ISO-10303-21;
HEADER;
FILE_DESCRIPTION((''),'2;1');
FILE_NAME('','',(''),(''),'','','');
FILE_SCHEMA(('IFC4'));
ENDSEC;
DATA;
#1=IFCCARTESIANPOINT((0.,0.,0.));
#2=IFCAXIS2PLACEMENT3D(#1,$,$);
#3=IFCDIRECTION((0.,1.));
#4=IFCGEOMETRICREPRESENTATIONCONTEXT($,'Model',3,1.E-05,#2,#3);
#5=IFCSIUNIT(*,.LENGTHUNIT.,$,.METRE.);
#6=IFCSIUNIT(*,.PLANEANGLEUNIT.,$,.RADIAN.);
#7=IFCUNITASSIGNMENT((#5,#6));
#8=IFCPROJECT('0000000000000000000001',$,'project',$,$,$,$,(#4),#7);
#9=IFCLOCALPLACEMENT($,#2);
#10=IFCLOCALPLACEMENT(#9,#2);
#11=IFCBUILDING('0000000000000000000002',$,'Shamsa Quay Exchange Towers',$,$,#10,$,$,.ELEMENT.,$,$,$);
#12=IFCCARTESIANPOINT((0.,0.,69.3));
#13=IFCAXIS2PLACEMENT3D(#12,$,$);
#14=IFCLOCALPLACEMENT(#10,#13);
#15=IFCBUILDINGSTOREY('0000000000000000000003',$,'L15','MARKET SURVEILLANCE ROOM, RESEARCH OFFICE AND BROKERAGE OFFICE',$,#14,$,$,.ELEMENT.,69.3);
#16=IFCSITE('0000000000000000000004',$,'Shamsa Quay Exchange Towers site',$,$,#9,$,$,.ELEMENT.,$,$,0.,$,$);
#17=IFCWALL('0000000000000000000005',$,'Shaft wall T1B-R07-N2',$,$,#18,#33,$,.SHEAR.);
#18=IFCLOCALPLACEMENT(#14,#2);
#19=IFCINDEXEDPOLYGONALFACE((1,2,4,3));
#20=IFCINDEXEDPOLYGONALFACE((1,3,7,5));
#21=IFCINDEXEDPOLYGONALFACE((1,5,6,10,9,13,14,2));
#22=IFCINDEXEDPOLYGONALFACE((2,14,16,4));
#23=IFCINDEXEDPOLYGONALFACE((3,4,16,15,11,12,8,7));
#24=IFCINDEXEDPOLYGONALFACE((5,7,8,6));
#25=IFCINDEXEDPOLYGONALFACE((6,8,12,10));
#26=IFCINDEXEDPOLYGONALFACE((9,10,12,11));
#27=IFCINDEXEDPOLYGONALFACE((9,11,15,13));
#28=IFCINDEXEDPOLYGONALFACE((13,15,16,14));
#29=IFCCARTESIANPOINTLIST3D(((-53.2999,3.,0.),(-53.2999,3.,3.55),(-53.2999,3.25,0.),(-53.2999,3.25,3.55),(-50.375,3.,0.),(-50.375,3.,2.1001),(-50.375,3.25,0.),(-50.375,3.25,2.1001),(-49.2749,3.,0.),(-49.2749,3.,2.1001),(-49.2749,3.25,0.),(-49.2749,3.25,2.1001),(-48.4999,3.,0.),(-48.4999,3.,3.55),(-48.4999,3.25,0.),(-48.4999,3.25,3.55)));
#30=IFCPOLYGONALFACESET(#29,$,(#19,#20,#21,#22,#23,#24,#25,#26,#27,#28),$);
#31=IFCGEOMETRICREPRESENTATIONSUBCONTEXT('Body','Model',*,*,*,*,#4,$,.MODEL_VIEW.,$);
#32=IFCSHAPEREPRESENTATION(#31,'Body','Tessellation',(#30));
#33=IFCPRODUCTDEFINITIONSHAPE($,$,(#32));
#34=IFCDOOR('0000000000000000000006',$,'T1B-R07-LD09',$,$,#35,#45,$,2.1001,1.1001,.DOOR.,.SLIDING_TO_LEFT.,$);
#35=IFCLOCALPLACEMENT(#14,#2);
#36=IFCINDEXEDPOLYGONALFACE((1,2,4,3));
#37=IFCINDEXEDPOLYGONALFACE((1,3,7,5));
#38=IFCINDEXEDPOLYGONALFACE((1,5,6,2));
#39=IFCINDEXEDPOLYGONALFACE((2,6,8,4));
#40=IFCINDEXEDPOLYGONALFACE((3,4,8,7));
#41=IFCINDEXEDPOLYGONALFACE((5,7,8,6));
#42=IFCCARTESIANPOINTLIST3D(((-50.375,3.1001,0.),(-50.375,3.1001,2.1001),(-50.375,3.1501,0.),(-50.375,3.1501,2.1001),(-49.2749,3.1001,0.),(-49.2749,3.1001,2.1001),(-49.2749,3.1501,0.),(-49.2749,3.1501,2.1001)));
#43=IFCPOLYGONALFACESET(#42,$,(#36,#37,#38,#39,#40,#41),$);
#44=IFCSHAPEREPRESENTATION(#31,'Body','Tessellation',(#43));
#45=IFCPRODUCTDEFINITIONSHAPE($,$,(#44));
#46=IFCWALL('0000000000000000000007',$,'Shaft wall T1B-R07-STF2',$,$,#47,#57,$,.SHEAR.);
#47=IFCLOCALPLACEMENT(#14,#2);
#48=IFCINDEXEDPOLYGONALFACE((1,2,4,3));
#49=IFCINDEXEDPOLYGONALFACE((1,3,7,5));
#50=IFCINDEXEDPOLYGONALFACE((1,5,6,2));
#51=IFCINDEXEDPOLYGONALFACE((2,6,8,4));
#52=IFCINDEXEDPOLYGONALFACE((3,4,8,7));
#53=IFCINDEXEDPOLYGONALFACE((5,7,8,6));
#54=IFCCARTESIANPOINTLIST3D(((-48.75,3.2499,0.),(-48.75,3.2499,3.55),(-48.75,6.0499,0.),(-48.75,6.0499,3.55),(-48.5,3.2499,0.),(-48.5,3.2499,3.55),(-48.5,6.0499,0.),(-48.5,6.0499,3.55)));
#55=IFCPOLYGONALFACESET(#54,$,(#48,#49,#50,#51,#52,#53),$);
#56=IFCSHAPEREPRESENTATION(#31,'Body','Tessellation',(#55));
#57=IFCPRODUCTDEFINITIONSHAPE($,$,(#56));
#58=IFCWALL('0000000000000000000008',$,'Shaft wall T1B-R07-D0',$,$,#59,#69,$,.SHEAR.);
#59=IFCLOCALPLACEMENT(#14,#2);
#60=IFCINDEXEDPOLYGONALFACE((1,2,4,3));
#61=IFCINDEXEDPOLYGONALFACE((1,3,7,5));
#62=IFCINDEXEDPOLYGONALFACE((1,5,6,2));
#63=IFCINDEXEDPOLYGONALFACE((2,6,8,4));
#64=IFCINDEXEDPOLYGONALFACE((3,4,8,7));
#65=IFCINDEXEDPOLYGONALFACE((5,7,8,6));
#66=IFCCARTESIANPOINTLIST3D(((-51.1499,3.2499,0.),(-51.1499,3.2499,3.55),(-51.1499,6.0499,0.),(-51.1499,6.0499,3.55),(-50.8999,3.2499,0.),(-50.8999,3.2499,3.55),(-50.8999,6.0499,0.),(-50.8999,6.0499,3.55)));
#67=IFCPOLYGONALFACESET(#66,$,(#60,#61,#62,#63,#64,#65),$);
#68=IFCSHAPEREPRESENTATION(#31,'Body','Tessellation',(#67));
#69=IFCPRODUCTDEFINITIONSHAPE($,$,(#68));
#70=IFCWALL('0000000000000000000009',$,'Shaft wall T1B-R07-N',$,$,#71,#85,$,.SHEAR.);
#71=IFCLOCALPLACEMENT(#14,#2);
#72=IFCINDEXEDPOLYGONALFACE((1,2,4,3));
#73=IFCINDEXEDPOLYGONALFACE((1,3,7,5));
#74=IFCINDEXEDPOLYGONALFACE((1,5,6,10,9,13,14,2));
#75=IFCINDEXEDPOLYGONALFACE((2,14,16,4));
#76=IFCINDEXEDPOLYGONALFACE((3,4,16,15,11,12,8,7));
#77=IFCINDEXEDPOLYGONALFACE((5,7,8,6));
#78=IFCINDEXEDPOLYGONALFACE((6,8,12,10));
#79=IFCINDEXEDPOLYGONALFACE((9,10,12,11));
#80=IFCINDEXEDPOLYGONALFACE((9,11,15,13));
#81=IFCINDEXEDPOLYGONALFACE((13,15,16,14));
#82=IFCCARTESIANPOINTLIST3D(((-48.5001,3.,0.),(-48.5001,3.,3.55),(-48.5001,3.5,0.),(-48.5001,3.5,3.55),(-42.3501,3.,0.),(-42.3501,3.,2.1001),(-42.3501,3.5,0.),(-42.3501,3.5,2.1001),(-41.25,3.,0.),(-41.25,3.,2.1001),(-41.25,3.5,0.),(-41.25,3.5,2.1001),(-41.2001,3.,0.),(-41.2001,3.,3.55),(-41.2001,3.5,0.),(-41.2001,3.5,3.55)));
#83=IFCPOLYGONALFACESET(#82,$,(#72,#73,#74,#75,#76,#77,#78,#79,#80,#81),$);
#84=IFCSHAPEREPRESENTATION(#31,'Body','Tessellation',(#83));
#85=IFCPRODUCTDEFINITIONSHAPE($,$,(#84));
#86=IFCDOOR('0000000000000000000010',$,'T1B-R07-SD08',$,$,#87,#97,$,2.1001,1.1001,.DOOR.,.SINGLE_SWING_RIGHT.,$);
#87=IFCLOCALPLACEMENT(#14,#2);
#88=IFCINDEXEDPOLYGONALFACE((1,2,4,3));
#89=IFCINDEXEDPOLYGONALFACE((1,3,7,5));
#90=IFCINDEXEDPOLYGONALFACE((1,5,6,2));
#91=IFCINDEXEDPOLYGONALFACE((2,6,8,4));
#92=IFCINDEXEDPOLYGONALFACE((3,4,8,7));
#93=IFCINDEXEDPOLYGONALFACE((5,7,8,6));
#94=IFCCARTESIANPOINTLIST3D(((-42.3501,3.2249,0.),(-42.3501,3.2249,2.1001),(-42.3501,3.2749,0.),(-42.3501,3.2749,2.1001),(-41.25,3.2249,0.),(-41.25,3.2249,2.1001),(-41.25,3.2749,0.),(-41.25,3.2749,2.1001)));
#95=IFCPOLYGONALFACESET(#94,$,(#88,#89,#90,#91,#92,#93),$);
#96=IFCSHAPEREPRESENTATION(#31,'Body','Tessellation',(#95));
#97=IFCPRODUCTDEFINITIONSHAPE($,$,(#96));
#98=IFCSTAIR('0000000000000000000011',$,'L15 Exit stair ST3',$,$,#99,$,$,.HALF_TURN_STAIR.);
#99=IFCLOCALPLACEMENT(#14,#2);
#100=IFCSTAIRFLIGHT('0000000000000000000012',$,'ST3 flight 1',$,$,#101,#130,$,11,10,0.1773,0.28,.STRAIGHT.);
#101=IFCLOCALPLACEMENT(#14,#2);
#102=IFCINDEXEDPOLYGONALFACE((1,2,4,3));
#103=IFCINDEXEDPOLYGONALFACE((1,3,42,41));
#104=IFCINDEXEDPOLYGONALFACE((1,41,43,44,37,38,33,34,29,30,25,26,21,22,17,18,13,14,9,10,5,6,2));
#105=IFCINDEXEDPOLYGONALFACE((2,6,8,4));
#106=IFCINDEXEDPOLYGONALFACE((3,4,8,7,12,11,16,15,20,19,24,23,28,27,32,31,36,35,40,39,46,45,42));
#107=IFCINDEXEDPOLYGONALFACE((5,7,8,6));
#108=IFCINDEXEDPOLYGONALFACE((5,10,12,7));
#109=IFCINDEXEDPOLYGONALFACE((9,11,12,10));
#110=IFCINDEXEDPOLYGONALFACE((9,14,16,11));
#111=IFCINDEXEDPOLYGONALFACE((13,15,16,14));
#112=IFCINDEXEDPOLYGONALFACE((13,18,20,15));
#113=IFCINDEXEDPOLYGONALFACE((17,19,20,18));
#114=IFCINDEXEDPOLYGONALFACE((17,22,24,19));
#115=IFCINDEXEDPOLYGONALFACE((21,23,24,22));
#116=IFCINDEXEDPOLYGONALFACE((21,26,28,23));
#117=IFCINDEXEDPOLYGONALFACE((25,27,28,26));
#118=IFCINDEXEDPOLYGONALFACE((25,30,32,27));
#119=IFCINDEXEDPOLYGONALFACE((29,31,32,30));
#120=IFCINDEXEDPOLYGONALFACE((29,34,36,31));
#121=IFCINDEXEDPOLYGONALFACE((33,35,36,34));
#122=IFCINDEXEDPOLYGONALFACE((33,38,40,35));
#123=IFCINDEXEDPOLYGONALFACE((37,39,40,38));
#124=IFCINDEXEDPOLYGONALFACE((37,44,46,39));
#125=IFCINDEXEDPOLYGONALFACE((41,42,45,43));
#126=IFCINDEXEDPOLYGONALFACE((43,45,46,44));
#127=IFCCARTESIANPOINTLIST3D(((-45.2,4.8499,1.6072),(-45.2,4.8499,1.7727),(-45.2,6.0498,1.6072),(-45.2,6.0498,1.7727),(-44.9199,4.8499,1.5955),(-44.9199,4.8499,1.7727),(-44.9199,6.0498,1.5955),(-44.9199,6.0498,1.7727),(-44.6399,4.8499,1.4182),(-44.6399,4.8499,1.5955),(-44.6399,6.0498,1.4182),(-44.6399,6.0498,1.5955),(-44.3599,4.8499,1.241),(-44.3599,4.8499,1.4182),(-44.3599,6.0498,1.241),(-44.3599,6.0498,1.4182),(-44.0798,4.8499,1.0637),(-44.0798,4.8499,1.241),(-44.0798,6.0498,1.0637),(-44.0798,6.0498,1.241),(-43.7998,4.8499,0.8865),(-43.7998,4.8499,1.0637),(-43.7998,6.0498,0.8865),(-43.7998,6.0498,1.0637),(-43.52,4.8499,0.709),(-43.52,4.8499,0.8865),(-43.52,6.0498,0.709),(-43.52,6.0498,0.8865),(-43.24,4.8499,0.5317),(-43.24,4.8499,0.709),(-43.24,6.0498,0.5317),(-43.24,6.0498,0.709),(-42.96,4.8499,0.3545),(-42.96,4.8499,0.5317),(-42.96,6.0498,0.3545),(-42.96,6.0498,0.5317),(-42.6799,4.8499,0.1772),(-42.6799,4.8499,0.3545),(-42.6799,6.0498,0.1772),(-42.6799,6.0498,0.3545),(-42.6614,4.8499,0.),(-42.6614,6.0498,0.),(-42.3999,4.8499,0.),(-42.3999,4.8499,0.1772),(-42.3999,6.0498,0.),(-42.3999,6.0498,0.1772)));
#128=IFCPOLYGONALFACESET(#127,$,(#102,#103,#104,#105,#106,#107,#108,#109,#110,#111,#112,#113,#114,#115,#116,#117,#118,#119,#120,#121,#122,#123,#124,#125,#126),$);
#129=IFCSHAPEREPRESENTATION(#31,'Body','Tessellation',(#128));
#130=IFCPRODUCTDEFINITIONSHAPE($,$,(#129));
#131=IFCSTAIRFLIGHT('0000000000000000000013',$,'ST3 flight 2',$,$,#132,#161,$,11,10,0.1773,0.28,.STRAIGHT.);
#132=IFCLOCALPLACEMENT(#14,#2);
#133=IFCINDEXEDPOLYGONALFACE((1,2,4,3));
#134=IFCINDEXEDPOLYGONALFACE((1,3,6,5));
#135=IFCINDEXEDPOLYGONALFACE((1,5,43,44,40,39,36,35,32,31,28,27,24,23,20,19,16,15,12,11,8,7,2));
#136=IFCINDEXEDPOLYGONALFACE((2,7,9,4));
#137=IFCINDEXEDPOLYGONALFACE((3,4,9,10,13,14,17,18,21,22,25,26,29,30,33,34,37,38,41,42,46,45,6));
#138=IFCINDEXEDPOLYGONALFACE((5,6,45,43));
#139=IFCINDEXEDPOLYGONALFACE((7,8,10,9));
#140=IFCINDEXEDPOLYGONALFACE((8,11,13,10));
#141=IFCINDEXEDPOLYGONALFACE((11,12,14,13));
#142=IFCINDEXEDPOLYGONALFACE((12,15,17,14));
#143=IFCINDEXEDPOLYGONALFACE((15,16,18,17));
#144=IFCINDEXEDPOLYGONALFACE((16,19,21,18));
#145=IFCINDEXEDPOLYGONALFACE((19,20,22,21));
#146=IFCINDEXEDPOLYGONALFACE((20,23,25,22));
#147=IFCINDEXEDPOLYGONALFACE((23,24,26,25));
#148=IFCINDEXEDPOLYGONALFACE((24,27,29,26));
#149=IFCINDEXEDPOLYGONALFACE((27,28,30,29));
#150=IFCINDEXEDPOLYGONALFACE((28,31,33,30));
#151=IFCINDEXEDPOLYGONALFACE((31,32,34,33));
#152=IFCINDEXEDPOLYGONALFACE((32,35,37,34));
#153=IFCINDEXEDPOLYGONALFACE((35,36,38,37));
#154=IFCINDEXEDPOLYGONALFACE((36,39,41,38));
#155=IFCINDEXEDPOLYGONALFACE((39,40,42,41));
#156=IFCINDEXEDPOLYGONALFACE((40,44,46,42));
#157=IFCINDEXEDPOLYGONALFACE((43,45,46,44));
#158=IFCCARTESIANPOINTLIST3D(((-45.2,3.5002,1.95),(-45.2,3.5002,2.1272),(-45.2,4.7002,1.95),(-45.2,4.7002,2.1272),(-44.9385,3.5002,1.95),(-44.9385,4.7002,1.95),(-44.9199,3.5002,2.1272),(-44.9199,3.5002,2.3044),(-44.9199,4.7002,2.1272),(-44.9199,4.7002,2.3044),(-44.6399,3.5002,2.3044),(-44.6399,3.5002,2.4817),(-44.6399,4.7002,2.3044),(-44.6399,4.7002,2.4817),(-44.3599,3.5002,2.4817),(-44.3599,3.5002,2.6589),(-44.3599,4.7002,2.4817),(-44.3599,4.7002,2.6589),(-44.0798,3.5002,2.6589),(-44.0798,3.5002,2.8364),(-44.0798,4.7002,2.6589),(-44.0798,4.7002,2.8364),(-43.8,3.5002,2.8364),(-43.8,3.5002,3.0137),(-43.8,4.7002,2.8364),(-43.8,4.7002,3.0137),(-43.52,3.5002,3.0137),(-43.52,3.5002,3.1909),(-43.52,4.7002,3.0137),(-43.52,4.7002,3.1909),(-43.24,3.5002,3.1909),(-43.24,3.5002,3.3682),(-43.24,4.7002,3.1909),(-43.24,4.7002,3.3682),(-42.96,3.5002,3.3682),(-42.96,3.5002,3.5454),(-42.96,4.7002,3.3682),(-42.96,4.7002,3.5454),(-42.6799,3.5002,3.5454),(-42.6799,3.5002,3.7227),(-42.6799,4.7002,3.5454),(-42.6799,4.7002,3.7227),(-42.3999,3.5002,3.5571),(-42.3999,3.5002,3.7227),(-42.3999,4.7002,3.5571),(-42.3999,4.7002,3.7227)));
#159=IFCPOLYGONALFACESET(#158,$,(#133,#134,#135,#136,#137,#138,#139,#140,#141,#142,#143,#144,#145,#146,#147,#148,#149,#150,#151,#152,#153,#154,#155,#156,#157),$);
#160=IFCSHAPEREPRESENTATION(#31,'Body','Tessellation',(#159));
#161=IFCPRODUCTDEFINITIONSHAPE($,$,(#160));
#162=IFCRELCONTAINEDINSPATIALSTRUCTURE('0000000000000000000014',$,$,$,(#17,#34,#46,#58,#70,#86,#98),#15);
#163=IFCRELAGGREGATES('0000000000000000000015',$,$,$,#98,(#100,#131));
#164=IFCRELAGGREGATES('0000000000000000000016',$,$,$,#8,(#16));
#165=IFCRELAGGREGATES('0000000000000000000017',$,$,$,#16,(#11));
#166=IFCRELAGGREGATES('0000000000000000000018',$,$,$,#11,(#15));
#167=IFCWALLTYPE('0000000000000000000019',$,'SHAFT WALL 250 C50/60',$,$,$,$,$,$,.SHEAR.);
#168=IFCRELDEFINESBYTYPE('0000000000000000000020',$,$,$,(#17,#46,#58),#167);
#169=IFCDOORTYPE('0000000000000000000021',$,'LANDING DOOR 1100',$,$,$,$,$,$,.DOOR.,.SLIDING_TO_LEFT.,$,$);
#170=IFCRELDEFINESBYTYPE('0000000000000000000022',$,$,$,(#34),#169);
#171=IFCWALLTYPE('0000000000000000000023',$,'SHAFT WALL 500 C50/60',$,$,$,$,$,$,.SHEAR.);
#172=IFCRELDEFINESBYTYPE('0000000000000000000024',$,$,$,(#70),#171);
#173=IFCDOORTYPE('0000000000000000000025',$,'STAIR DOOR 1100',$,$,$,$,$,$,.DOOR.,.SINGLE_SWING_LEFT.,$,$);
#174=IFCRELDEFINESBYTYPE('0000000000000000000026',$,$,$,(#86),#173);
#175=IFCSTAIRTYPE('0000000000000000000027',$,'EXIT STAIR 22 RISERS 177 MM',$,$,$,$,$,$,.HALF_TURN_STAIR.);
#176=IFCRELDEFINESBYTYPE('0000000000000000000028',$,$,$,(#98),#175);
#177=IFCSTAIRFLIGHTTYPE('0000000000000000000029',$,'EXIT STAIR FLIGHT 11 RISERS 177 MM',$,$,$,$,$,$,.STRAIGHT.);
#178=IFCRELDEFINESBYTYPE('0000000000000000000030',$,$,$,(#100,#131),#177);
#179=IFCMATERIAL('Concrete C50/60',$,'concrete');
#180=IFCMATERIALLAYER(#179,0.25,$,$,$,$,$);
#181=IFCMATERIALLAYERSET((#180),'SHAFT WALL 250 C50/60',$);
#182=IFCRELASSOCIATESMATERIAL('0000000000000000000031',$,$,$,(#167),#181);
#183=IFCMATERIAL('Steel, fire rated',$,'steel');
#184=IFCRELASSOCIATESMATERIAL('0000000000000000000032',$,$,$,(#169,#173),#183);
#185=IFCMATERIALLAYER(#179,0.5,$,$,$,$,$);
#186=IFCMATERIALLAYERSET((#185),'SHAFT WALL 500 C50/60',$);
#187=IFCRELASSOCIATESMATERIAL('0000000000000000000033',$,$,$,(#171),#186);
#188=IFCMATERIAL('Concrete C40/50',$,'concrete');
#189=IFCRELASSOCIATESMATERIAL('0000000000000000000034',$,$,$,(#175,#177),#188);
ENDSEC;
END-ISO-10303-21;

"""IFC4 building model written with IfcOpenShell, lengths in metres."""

from ifc_helpers import new_model, si_unit, direction, frame, frame_2d, origin, place, context, subcontext, project, spatial, polyline, rectangle, outline, extrude, material, layer, layer_set, type_object, element, fill, aggregate, save


model = new_model("IFC4")

# Units and contexts
model_context = context("Model", 3, precision=1e-05, world=origin(), true_north=direction((0.0, 1.0)))
body_context = subcontext(model_context, "Body", "Model", "MODEL_VIEW")
ifc_project = project(units=[si_unit("LENGTHUNIT", "METRE"), si_unit("PLANEANGLEUNIT", "RADIAN")], contexts=[model_context])

# Site, building, storey
site_placement = place(None, origin())
site = spatial("IfcSite", under=ifc_project, at=site_placement, Name="Shamsa Quay Exchange Towers site", CompositionType="ELEMENT", RefElevation=0.0)
building_placement = place(site_placement, origin())
building = spatial("IfcBuilding", under=site, at=building_placement, Name="Shamsa Quay Exchange Towers", CompositionType="ELEMENT")
storey_placement = place(building_placement, frame((0.0, 0.0, 69.3)))
storey = spatial("IfcBuildingStorey", under=building, at=storey_placement, Name="L15", Description="MARKET SURVEILLANCE ROOM, RESEARCH OFFICE AND BROKERAGE OFFICE", CompositionType="ELEMENT", Elevation=69.3)

# Wall, opening, door
ifc_material_1 = material(Name="Concrete C50/60", Category="concrete")
ifc_layer_1 = layer(ifc_material_1, 0.25)
ifc_layer_set_1 = layer_set([ifc_layer_1], Name="SHAFT WALL 250 C50/60")
wall_type_1 = type_object("IfcWallType", Name="SHAFT WALL 250 C50/60", PredefinedType="SHEAR", material=ifc_layer_set_1)
wall_1_placement = place(storey_placement, frame((-48.5, 3.125, 0.0), z_axis=(0.0, 0.0, 1.0), x_axis=(-1.0, 0.0, 0.0)))
wall_1 = element("IfcWall", 1, at=wall_1_placement, inside=storey, type_object=wall_type_1, Name="Shaft wall T1B-R07-N2", PredefinedType="SHEAR", context=body_context, shape_type="SweptSolid", body=[
    extrude(rectangle(XDim=4.8, YDim=0.25, at=frame_2d((2.3999, 0.0))), origin(), (0.0, 0.0, 1.0), 3.55),
])
opening_1_placement = place(wall_1_placement, frame((0.7749, 0.0, 0.0)))
opening_1 = element("IfcOpeningElement", 2, at=opening_1_placement, cuts=wall_1, PredefinedType="OPENING", context=body_context, shape_type="SweptSolid", body=[
    extrude(rectangle(XDim=1.1001, YDim=2.1001, at=frame_2d((0.55, 1.05))), frame((0.0, 0.135, 0.0), z_axis=(0.0, -1.0, 0.0), x_axis=(1.0, 0.0, 0.0)), (0.0, 0.0, 1.0), 0.27),
])
ifc_material_2 = material(Name="Steel, fire rated", Category="steel")
door_type_1 = type_object("IfcDoorType", Name="LANDING DOOR 1100", OperationType="SLIDING_TO_LEFT", PredefinedType="DOOR", material=ifc_material_2)
door_1_placement = place(opening_1_placement, origin())
door_1 = element("IfcDoor", 3, at=door_1_placement, inside=storey, type_object=door_type_1, Name="T1B-R07-LD09", OperationType="SLIDING_TO_LEFT", OverallHeight=2.1001, OverallWidth=1.1001, PredefinedType="DOOR", context=body_context, shape_type="SweptSolid", body=[
    extrude(rectangle(XDim=1.1001, YDim=2.1001, at=frame_2d((0.55, 1.05))), frame((0.0, 0.0249, 0.0), z_axis=(0.0, -1.0, 0.0), x_axis=(1.0, 0.0, 0.0)), (0.0, 0.0, 1.0), 0.05),
])
fill(opening_1, door_1)

# Walls
for number, where, z_axis, x_axis, name in (
    (4, (-48.625, 3.25, 0.0), (0.0, 0.0, 1.0), (0.0, 1.0, 0.0), "Shaft wall T1B-R07-STF2"),
    (5, (-51.0249, 3.25, 0.0), (0.0, 0.0, 1.0), (0.0, 1.0, 0.0), "Shaft wall T1B-R07-D0"),
):
    element("IfcWall", number, at=place(storey_placement, frame(where, z_axis=z_axis, x_axis=x_axis)), inside=storey, type_object=wall_type_1, Name=name, PredefinedType="SHEAR", context=body_context, shape_type="SweptSolid", body=[
        extrude(rectangle(XDim=2.8, YDim=0.25, at=frame_2d((1.3999, 0.0))), origin(), (0.0, 0.0, 1.0), 3.55),
    ])

# Wall, opening, door
ifc_layer_2 = layer(ifc_material_1, 0.5)
ifc_layer_set_2 = layer_set([ifc_layer_2], Name="SHAFT WALL 500 C50/60")
wall_type_2 = type_object("IfcWallType", Name="SHAFT WALL 500 C50/60", PredefinedType="SHEAR", material=ifc_layer_set_2)
wall_2_placement = place(storey_placement, frame((-48.5, 3.25, 0.0)))
wall_2 = element("IfcWall", 6, at=wall_2_placement, inside=storey, type_object=wall_type_2, Name="Shaft wall T1B-R07-N", PredefinedType="SHEAR", context=body_context, shape_type="SweptSolid", body=[
    extrude(rectangle(XDim=7.3, YDim=0.5, at=frame_2d((3.6499, 0.0))), origin(), (0.0, 0.0, 1.0), 3.55),
])
opening_2_placement = place(wall_2_placement, frame((6.1499, 0.0, 0.0)))
opening_2 = element("IfcOpeningElement", 7, at=opening_2_placement, cuts=wall_2, PredefinedType="OPENING", context=body_context, shape_type="SweptSolid", body=[
    extrude(rectangle(XDim=1.1001, YDim=2.1001, at=frame_2d((0.55, 1.05))), frame((0.0, 0.26, 0.0), z_axis=(0.0, -1.0, 0.0), x_axis=(1.0, 0.0, 0.0)), (0.0, 0.0, 1.0), 0.52),
])
door_type_2 = type_object("IfcDoorType", Name="STAIR DOOR 1100", OperationType="SINGLE_SWING_LEFT", PredefinedType="DOOR", material=ifc_material_2)
door_2_placement = place(opening_2_placement, origin())
door_2 = element("IfcDoor", 8, at=door_2_placement, inside=storey, type_object=door_type_2, Name="T1B-R07-SD08", OperationType="SINGLE_SWING_RIGHT", OverallHeight=2.1001, OverallWidth=1.1001, PredefinedType="DOOR", context=body_context, shape_type="SweptSolid", body=[
    extrude(rectangle(XDim=1.1001, YDim=2.1001, at=frame_2d((0.55, 1.05))), frame((0.0, 0.0249, 0.0), z_axis=(0.0, -1.0, 0.0), x_axis=(1.0, 0.0, 0.0)), (0.0, 0.0, 1.0), 0.05),
])
fill(opening_2, door_2)

# Stair, stair flights
ifc_material_3 = material(Name="Concrete C40/50", Category="concrete")
stair_type = type_object("IfcStairType", Name="EXIT STAIR 22 RISERS 177 MM", PredefinedType="HALF_TURN_STAIR", material=ifc_material_3)
stair_placement = place(storey_placement, origin())
stair = element("IfcStair", 9, at=stair_placement, inside=storey, type_object=stair_type, Name="L15 Exit stair ST3", PredefinedType="HALF_TURN_STAIR")
stair_flight_type = type_object("IfcStairFlightType", Name="EXIT STAIR FLIGHT 11 RISERS 177 MM", PredefinedType="STRAIGHT", material=ifc_material_3)
stair_flight_1_placement = place(storey_placement, frame((-42.3999, 5.45, 0.0), z_axis=(0.0, 0.0, 1.0), x_axis=(-1.0, 0.0, 0.0)))
stair_flight_1 = element("IfcStairFlight", 10, at=stair_flight_1_placement, type_object=stair_flight_type, Name="ST3 flight 1", NumberOfRisers=11, NumberOfTreads=10, PredefinedType="STRAIGHT", RiserHeight=0.1773, TreadLength=0.28, context=body_context, shape_type="SweptSolid", body=[
    extrude(outline(polyline([(0.0, 0.0), (0.0, 0.1772), (0.28, 0.1772), (0.28, 0.3545), (0.5601, 0.3545), (0.5601, 0.5317), (0.8401, 0.5317), (0.8401, 0.709), (1.1201, 0.709), (1.1201, 0.8865), (1.3999, 0.8865), (1.3999, 1.0637), (1.6799, 1.0637), (1.6799, 1.241), (1.96, 1.241), (1.96, 1.4182), (2.24, 1.4182), (2.24, 1.5955), (2.52, 1.5955), (2.52, 1.7727), (2.8, 1.7727), (2.8, 1.95), (2.8, 1.6072), (0.2615, 0.0), (0.0, 0.0)])), frame((0.0, 0.6001, 0.0), z_axis=(0.0, -1.0, 0.0), x_axis=(1.0, 0.0, 0.0)), (0.0, 0.0, 1.0), 1.2),
])
stair_flight_2_placement = place(storey_placement, frame((-45.2, 4.1001, 1.95)))
stair_flight_2 = element("IfcStairFlight", 11, at=stair_flight_2_placement, type_object=stair_flight_type, Name="ST3 flight 2", NumberOfRisers=11, NumberOfTreads=10, PredefinedType="STRAIGHT", RiserHeight=0.1773, TreadLength=0.28, context=body_context, shape_type="SweptSolid", body=[
    extrude(outline(polyline([(0.0, 0.0), (0.0, 0.1772), (0.28, 0.1772), (0.28, 0.3545), (0.5601, 0.3545), (0.5601, 0.5317), (0.8401, 0.5317), (0.8401, 0.709), (1.1201, 0.709), (1.1201, 0.8865), (1.3999, 0.8865), (1.3999, 1.0637), (1.6799, 1.0637), (1.6799, 1.241), (1.96, 1.241), (1.96, 1.4182), (2.24, 1.4182), (2.24, 1.5955), (2.52, 1.5955), (2.52, 1.7727), (2.8, 1.7727), (2.8, 1.95), (2.8, 1.6072), (0.2615, 0.0), (0.0, 0.0)])), frame((0.0, 0.6001, 0.0), z_axis=(0.0, -1.0, 0.0), x_axis=(1.0, 0.0, 0.0)), (0.0, 0.0, 1.0), 1.2),
])
aggregate(stair, [stair_flight_1, stair_flight_2])

save(model, "model.ifc")
